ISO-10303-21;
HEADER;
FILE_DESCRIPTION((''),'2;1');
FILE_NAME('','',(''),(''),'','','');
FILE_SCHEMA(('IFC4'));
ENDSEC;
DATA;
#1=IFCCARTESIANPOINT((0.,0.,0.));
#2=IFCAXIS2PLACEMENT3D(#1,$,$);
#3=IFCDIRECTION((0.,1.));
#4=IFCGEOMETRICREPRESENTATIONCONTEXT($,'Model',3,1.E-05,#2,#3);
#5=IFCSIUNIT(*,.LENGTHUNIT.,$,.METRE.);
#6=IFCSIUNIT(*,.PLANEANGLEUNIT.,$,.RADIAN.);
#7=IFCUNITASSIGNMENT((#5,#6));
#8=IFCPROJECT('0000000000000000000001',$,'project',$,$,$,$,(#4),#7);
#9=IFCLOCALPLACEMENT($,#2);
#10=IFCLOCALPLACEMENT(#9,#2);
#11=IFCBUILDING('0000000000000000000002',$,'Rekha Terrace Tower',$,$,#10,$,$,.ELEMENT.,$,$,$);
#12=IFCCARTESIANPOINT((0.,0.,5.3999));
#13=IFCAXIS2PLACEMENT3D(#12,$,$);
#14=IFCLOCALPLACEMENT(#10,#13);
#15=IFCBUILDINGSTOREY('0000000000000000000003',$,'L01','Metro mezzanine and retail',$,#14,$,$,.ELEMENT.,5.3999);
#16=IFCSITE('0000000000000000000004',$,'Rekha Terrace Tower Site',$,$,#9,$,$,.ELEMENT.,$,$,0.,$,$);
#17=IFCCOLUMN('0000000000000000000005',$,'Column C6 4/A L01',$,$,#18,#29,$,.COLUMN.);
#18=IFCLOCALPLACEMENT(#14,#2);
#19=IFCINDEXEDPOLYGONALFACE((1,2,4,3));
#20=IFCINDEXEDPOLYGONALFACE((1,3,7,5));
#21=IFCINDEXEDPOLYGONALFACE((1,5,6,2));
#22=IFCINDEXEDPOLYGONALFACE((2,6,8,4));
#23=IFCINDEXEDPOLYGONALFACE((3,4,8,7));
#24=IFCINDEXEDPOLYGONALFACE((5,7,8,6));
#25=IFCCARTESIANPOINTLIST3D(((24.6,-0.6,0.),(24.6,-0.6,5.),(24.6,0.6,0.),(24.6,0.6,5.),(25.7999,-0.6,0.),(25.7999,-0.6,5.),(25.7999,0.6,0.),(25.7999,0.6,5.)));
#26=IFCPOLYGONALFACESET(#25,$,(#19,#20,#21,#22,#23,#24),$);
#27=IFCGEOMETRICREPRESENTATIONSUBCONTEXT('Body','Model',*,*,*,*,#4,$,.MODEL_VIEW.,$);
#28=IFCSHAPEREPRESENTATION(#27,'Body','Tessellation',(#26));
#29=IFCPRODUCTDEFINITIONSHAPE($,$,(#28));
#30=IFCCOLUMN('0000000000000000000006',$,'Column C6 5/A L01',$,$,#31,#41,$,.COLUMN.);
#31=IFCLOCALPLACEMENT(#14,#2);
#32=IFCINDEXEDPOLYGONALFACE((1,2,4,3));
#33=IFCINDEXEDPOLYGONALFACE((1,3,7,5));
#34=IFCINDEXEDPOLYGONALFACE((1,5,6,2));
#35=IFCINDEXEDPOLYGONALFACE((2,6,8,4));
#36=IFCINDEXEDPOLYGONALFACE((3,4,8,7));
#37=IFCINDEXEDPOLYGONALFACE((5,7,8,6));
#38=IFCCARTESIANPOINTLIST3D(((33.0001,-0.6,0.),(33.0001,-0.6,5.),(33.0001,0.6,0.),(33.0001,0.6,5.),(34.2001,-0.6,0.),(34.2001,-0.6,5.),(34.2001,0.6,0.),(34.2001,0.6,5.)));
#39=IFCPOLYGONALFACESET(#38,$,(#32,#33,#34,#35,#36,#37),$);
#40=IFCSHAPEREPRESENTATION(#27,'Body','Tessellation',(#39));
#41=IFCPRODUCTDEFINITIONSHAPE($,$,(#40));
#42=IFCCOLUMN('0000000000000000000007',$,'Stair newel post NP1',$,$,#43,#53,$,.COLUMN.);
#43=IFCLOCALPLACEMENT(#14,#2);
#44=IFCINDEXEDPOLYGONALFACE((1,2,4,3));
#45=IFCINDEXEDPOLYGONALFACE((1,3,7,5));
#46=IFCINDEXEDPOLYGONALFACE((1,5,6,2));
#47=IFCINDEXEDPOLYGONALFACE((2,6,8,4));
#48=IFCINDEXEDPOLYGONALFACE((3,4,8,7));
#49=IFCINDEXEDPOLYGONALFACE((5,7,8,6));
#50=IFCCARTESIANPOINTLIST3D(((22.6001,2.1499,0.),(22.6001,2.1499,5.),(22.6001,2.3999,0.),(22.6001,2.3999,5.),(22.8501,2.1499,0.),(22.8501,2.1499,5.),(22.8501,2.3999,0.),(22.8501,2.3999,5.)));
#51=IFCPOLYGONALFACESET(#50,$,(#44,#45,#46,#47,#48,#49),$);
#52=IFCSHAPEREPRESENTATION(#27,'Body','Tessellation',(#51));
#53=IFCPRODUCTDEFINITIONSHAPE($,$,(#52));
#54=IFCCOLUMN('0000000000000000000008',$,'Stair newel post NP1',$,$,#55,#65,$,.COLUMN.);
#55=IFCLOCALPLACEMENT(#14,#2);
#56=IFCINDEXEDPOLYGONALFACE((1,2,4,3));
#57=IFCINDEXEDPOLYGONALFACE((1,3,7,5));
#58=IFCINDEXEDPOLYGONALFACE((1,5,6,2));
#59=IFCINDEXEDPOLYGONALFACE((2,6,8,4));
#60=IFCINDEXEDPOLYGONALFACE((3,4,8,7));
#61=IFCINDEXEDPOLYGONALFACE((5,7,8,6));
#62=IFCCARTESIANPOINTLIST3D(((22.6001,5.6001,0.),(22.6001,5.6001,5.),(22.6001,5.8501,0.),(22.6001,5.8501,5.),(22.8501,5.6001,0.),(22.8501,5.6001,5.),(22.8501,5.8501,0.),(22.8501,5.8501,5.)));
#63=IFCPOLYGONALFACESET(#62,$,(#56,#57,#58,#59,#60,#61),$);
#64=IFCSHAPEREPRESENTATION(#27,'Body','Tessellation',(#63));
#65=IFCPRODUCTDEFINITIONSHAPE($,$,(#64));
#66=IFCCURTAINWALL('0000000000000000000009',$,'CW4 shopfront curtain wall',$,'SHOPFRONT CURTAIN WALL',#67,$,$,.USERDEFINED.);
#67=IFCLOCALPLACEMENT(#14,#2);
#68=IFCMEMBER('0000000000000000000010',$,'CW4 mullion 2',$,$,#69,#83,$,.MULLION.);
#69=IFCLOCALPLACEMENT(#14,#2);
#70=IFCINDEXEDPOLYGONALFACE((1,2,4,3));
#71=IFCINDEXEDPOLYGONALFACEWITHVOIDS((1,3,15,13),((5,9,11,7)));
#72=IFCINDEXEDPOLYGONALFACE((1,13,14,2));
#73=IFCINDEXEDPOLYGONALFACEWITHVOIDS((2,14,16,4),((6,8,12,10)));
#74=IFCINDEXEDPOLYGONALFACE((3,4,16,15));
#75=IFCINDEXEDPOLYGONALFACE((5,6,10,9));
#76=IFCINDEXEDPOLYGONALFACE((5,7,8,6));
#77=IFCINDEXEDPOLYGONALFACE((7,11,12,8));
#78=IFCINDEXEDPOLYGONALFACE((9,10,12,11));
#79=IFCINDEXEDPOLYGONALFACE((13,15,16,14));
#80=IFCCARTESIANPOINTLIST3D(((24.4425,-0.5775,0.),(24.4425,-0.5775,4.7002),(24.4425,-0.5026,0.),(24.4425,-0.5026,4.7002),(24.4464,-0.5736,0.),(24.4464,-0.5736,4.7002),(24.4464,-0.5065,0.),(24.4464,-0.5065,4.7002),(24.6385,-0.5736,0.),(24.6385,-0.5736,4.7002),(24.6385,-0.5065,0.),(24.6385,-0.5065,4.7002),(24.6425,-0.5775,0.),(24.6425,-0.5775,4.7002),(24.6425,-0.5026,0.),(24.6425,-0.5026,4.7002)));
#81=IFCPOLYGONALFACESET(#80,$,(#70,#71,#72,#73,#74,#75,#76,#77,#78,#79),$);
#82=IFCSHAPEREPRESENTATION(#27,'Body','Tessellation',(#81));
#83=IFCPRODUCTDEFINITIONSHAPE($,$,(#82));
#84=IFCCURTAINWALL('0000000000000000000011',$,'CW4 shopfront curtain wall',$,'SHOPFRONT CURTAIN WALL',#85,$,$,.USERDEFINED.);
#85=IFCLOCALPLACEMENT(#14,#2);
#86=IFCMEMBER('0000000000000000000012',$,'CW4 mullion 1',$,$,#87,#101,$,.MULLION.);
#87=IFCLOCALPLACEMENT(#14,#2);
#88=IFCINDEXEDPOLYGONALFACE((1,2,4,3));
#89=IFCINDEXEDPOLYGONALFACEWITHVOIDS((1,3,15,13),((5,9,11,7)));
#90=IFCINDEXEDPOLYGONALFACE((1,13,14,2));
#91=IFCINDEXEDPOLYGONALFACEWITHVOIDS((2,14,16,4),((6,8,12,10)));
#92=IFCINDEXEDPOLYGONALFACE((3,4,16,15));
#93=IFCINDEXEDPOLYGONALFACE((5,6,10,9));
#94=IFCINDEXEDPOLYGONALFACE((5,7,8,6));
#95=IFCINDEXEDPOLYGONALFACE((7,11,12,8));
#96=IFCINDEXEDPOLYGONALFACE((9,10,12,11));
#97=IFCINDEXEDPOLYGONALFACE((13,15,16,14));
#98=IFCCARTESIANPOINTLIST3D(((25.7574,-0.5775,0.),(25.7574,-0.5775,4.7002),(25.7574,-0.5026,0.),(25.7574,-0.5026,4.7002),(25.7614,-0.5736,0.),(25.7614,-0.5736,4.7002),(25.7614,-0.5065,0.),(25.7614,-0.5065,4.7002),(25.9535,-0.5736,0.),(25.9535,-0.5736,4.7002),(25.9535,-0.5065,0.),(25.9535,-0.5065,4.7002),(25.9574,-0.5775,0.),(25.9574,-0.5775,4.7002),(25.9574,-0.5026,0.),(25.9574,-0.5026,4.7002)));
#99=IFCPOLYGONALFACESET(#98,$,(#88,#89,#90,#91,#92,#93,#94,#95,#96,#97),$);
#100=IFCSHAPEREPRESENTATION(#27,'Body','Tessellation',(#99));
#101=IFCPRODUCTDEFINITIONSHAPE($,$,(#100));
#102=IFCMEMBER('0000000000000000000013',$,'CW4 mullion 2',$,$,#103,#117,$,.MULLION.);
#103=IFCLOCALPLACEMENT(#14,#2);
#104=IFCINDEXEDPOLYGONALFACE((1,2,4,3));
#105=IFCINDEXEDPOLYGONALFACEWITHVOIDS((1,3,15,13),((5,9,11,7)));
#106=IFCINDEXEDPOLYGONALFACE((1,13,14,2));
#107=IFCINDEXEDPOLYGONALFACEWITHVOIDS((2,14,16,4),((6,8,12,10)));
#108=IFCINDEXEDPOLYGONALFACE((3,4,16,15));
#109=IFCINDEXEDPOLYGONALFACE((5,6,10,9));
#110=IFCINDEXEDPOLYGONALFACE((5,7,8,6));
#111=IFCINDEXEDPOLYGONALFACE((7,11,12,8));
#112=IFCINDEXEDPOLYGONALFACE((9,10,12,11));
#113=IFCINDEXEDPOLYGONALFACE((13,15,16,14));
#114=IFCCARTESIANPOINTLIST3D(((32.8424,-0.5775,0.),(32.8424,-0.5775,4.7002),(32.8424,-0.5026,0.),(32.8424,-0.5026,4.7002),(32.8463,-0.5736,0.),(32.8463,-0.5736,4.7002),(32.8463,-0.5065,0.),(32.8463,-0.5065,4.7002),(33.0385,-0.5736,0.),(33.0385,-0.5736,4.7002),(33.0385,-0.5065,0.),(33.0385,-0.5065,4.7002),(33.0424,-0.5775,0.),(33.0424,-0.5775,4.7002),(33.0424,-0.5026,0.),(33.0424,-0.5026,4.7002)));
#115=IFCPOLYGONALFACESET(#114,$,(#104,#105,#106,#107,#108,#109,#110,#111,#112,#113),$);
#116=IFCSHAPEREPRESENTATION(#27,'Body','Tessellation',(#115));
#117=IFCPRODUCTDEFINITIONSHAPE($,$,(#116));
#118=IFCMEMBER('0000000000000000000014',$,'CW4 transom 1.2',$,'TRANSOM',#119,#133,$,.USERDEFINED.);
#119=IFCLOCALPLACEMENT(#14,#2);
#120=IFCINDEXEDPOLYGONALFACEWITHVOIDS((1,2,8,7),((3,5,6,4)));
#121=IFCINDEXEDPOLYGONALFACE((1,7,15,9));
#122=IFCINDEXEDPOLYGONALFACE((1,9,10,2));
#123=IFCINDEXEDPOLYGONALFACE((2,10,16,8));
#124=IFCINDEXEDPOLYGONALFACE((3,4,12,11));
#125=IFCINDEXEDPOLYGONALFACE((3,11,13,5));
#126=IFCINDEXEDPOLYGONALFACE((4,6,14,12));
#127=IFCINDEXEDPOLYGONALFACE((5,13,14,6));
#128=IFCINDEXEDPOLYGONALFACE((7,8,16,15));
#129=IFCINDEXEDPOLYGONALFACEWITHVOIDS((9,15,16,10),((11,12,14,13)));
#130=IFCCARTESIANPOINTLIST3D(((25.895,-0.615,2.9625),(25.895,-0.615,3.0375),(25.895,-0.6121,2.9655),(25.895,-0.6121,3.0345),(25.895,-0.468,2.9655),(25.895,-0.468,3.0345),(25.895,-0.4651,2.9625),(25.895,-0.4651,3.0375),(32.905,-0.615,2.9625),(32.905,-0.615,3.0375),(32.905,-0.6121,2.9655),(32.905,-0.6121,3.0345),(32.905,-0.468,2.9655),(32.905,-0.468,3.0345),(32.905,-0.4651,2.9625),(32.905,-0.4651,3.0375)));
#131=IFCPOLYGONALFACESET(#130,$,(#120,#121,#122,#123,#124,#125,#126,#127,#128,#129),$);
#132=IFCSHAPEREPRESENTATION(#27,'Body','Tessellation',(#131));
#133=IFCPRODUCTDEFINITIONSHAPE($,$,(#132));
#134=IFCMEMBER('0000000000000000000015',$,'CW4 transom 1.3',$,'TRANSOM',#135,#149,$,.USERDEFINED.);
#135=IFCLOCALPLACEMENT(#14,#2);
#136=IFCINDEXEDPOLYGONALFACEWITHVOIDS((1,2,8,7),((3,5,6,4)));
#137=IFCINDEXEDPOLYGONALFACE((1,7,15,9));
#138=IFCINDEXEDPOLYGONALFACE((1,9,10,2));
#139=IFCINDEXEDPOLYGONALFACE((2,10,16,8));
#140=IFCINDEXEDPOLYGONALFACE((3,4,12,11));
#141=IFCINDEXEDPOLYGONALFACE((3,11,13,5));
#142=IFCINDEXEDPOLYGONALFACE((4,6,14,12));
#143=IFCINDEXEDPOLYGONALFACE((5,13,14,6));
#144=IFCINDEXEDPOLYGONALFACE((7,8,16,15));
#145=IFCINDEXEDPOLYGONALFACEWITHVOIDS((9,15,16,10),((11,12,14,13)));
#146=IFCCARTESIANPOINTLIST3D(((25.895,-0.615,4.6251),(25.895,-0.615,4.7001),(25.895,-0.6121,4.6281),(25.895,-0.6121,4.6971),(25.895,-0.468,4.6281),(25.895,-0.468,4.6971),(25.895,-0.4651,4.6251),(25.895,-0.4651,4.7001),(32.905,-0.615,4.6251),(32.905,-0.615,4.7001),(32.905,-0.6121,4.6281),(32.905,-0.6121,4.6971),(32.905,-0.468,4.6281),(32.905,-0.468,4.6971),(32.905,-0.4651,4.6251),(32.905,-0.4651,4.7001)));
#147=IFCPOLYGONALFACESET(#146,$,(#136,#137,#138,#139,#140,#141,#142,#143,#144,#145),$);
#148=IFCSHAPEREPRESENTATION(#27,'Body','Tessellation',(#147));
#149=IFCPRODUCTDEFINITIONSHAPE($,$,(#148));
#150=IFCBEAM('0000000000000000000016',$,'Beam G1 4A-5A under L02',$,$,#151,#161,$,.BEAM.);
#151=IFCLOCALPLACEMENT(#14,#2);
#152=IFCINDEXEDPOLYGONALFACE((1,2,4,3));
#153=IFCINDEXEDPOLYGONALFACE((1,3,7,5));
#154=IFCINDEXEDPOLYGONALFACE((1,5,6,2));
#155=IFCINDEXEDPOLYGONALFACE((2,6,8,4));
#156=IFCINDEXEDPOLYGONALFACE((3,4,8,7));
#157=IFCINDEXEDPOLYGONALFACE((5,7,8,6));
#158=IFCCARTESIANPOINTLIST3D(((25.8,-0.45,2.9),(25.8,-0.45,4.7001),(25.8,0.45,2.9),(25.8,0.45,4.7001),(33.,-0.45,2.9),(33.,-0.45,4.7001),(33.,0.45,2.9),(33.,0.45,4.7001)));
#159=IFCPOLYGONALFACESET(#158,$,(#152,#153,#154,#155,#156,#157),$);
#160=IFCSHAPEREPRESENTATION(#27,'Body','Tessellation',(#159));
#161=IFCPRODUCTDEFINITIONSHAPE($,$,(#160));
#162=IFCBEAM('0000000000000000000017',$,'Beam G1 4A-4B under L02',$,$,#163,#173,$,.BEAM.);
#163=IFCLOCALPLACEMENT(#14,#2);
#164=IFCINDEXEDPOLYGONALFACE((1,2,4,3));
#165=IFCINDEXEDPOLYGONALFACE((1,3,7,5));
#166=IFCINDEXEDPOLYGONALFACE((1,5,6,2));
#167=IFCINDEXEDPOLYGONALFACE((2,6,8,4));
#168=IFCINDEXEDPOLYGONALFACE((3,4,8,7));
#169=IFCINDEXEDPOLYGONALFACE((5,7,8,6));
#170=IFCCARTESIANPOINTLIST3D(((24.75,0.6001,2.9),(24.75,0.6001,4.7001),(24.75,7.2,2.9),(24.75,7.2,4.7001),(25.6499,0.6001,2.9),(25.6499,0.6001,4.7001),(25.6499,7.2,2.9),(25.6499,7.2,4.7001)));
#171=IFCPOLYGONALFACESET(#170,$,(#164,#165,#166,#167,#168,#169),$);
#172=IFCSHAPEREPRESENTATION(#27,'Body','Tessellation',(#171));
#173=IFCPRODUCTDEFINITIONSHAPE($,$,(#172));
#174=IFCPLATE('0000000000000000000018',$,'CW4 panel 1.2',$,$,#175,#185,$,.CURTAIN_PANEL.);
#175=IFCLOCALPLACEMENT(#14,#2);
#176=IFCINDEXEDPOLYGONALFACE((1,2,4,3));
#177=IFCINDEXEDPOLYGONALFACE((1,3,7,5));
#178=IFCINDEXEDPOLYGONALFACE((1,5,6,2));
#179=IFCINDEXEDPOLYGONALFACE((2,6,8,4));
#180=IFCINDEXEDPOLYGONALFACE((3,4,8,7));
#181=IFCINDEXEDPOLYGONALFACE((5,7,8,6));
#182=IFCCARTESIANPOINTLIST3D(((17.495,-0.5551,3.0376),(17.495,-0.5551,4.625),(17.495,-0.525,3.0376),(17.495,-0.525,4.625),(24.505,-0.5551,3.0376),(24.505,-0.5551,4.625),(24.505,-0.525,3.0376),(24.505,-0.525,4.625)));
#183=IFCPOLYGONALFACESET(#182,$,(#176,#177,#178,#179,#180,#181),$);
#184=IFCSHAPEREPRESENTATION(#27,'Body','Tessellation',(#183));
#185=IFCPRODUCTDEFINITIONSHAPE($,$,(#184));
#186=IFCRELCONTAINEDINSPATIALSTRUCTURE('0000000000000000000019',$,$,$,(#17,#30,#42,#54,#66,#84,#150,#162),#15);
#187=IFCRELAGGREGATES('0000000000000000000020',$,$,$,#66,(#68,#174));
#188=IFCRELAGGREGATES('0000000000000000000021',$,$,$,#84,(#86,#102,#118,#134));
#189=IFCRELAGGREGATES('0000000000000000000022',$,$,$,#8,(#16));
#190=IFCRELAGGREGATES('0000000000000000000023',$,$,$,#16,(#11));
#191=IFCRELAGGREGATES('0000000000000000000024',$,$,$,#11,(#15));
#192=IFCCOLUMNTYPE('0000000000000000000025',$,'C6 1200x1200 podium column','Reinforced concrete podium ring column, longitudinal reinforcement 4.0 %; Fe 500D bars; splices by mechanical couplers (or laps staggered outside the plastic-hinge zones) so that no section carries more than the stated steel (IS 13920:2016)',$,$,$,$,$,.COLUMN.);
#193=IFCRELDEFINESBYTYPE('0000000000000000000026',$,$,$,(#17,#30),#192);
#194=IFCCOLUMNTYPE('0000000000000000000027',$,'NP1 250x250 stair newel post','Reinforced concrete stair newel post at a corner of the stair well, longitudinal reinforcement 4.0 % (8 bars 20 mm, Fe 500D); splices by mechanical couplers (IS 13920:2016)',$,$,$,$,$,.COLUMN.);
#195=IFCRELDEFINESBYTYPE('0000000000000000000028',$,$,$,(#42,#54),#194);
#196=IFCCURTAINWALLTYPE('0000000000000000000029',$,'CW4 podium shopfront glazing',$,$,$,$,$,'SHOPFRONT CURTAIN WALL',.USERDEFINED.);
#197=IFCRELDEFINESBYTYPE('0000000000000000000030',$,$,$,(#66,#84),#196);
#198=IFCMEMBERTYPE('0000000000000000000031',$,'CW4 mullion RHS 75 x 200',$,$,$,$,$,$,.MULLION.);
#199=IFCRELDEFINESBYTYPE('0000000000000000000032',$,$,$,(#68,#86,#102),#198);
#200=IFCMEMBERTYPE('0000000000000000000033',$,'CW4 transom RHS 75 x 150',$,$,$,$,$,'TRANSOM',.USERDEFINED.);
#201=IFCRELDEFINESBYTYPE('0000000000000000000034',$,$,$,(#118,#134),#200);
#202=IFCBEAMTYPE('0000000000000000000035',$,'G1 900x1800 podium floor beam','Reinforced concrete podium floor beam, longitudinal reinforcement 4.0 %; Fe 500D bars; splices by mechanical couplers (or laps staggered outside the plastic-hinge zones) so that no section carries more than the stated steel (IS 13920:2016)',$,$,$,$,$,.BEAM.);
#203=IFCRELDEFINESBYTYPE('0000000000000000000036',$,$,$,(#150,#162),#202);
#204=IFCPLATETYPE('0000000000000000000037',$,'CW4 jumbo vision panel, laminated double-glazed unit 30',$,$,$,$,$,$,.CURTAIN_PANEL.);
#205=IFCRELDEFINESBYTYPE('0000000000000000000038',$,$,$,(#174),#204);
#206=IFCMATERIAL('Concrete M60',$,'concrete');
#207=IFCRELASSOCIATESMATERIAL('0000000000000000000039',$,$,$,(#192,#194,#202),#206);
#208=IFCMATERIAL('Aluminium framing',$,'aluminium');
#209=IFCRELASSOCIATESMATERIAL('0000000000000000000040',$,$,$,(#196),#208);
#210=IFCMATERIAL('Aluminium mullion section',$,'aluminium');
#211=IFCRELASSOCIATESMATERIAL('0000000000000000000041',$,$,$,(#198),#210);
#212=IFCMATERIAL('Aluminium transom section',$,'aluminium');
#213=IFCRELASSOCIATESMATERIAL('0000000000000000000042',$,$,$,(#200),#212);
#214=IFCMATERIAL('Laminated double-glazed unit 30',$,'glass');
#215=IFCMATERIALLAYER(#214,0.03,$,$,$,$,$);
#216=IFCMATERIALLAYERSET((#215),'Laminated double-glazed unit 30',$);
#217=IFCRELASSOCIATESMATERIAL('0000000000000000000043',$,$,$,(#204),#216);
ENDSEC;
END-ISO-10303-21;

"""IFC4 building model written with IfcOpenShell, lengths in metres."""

from ifc_helpers import new_model, si_unit, direction, frame, origin, origin_2d, place, context, subcontext, project, spatial, rectangle, hollow_rectangle, extrude, material, layer, layer_set, material_profile, profile_set, type_object, element, aggregate, save


model = new_model("IFC4")

# Units and contexts
model_context = context("Model", 3, precision=1e-05, world=origin(), true_north=direction((0.0, 1.0)))
body_context = subcontext(model_context, "Body", "Model", "MODEL_VIEW")
ifc_project = project(units=[si_unit("LENGTHUNIT", "METRE"), si_unit("PLANEANGLEUNIT", "RADIAN")], contexts=[model_context])

# Site, building, storey
site_placement = place(None, origin())
site = spatial("IfcSite", under=ifc_project, at=site_placement, Name="Rekha Terrace Tower Site", CompositionType="ELEMENT", RefElevation=0.0)
building_placement = place(site_placement, origin())
building = spatial("IfcBuilding", under=site, at=building_placement, Name="Rekha Terrace Tower", CompositionType="ELEMENT")
storey_placement = place(building_placement, frame((0.0, 0.0, 5.3999)))
storey = spatial("IfcBuildingStorey", under=building, at=storey_placement, Name="L01", Description="Metro mezzanine and retail", CompositionType="ELEMENT", Elevation=5.3999)

# Columns
ifc_material_1 = material(Name="Concrete M60", Category="concrete")
ifc_material_profile_1 = material_profile(ifc_material_1, rectangle(XDim=1.2, YDim=1.2, at=origin_2d()), Name="RC 1200x1200")
ifc_profile_set_1 = profile_set([ifc_material_profile_1], Name="Concrete M60")
column_type_1 = type_object("IfcColumnType", Name="C6 1200x1200 podium column", Description="Reinforced concrete podium ring column, longitudinal reinforcement 4.0 %; Fe 500D bars; splices by mechanical couplers (or laps staggered outside the plastic-hinge zones) so that no section carries more than the stated steel (IS 13920:2016)", PredefinedType="COLUMN", material=ifc_profile_set_1)
for number, where, z_axis, x_axis, name in (
    (1, (25.2, 0.0, 0.0), (0.0, 0.0, 1.0), (1.0, 0.0, 0.0), "Column C6 4/A L01"),
    (2, (33.6001, 0.0, 0.0), (0.0, 0.0, 1.0), (1.0, 0.0, 0.0), "Column C6 5/A L01"),
):
    element("IfcColumn", number, at=place(storey_placement, frame(where, z_axis=z_axis, x_axis=x_axis)), inside=storey, type_object=column_type_1, Name=name, PredefinedType="COLUMN", context=body_context, shape_type="SweptSolid", body=[
        extrude(rectangle(XDim=1.2, YDim=1.2, at=origin_2d()), origin(), (0.0, 0.0, 1.0), 5.0),
    ])
ifc_material_profile_2 = material_profile(ifc_material_1, rectangle(XDim=0.25, YDim=0.25, at=origin_2d()), Name="RC 250x250")
ifc_profile_set_2 = profile_set([ifc_material_profile_2], Name="Concrete M60")
column_type_2 = type_object("IfcColumnType", Name="NP1 250x250 stair newel post", Description="Reinforced concrete stair newel post at a corner of the stair well, longitudinal reinforcement 4.0 % (8 bars 20 mm, Fe 500D); splices by mechanical couplers (IS 13920:2016)", PredefinedType="COLUMN", material=ifc_profile_set_2)
for number, where, z_axis, x_axis, name in (
    (3, (22.7251, 2.2749, 0.0), (0.0, 0.0, 1.0), (1.0, 0.0, 0.0), "Stair newel post NP1"),
    (4, (22.7251, 5.7251, 0.0), (0.0, 0.0, 1.0), (1.0, 0.0, 0.0), "Stair newel post NP1"),
):
    element("IfcColumn", number, at=place(storey_placement, frame(where, z_axis=z_axis, x_axis=x_axis)), inside=storey, type_object=column_type_2, Name=name, PredefinedType="COLUMN", context=body_context, shape_type="SweptSolid", body=[
        extrude(rectangle(XDim=0.25, YDim=0.25, at=origin_2d()), origin(), (0.0, 0.0, 1.0), 5.0),
    ])

# Curtain wall, member
ifc_material_2 = material(Name="Aluminium framing", Category="aluminium")
curtain_wall_type = type_object("IfcCurtainWallType", Name="CW4 podium shopfront glazing", ElementType="SHOPFRONT CURTAIN WALL", PredefinedType="USERDEFINED", material=ifc_material_2)
curtain_wall_1_placement = place(storey_placement, origin())
curtain_wall_1 = element("IfcCurtainWall", 5, at=curtain_wall_1_placement, inside=storey, type_object=curtain_wall_type, Name="CW4 shopfront curtain wall", ObjectType="SHOPFRONT CURTAIN WALL", PredefinedType="USERDEFINED")
ifc_material_3 = material(Name="Aluminium mullion section", Category="aluminium")
ifc_material_profile_3 = material_profile(ifc_material_3, hollow_rectangle(XDim=0.075, YDim=0.2, WallThickness=0.0039, at=origin_2d()), Name="AL RHS 75x200")
ifc_profile_set_3 = profile_set([ifc_material_profile_3], Name="Aluminium mullion section")
member_type_1 = type_object("IfcMemberType", Name="CW4 mullion RHS 75 x 200", PredefinedType="MULLION", material=ifc_profile_set_3)
member_1_placement = place(storey_placement, frame((24.5425, -0.54, 0.0), z_axis=(0.0, 0.0, 1.0), x_axis=(0.0, 1.0, 0.0)))
member_1 = element("IfcMember", 6, at=member_1_placement, type_object=member_type_1, Name="CW4 mullion 2", PredefinedType="MULLION", context=body_context, shape_type="SweptSolid", body=[
    extrude(hollow_rectangle(XDim=0.075, YDim=0.2, WallThickness=0.0039, at=origin_2d()), origin(), (0.0, 0.0, 1.0), 4.7002),
])

# Curtain wall, members
curtain_wall_2_placement = place(storey_placement, origin())
curtain_wall_2 = element("IfcCurtainWall", 7, at=curtain_wall_2_placement, inside=storey, type_object=curtain_wall_type, Name="CW4 shopfront curtain wall", ObjectType="SHOPFRONT CURTAIN WALL", PredefinedType="USERDEFINED")
member_2_placement = place(storey_placement, frame((25.8574, -0.54, 0.0), z_axis=(0.0, 0.0, 1.0), x_axis=(0.0, 1.0, 0.0)))
member_2 = element("IfcMember", 8, at=member_2_placement, type_object=member_type_1, Name="CW4 mullion 1", PredefinedType="MULLION", context=body_context, shape_type="SweptSolid", body=[
    extrude(hollow_rectangle(XDim=0.075, YDim=0.2, WallThickness=0.0039, at=origin_2d()), origin(), (0.0, 0.0, 1.0), 4.7002),
])
member_3_placement = place(storey_placement, frame((32.9424, -0.54, 0.0), z_axis=(0.0, 0.0, 1.0), x_axis=(0.0, 1.0, 0.0)))
member_3 = element("IfcMember", 9, at=member_3_placement, type_object=member_type_1, Name="CW4 mullion 2", PredefinedType="MULLION", context=body_context, shape_type="SweptSolid", body=[
    extrude(hollow_rectangle(XDim=0.075, YDim=0.2, WallThickness=0.0039, at=origin_2d()), origin(), (0.0, 0.0, 1.0), 4.7002),
])
ifc_material_4 = material(Name="Aluminium transom section", Category="aluminium")
ifc_material_profile_4 = material_profile(ifc_material_4, hollow_rectangle(XDim=0.1499, YDim=0.075, WallThickness=0.0029, at=origin_2d()), Name="AL RHS 150x75")
ifc_profile_set_4 = profile_set([ifc_material_profile_4], Name="Aluminium transom section")
member_type_2 = type_object("IfcMemberType", Name="CW4 transom RHS 75 x 150", ElementType="TRANSOM", PredefinedType="USERDEFINED", material=ifc_profile_set_4)
member_4_placement = place(storey_placement, frame((25.895, -0.54, 3.0), z_axis=(1.0, 0.0, 0.0), x_axis=(0.0, 1.0, 0.0)))
member_4 = element("IfcMember", 10, at=member_4_placement, type_object=member_type_2, Name="CW4 transom 1.2", ObjectType="TRANSOM", PredefinedType="USERDEFINED", context=body_context, shape_type="SweptSolid", body=[
    extrude(hollow_rectangle(XDim=0.1499, YDim=0.075, WallThickness=0.0029, at=origin_2d()), origin(), (0.0, 0.0, 1.0), 7.01),
])
member_5_placement = place(storey_placement, frame((25.895, -0.54, 4.6626), z_axis=(1.0, 0.0, 0.0), x_axis=(0.0, 1.0, 0.0)))
member_5 = element("IfcMember", 11, at=member_5_placement, type_object=member_type_2, Name="CW4 transom 1.3", ObjectType="TRANSOM", PredefinedType="USERDEFINED", context=body_context, shape_type="SweptSolid", body=[
    extrude(hollow_rectangle(XDim=0.1499, YDim=0.075, WallThickness=0.0029, at=origin_2d()), origin(), (0.0, 0.0, 1.0), 7.01),
])

# Beams
ifc_material_profile_5 = material_profile(ifc_material_1, rectangle(XDim=0.8999, YDim=1.8, at=origin_2d()), Name="RC 900x1800")
ifc_profile_set_5 = profile_set([ifc_material_profile_5], Name="Concrete M60")
beam_type = type_object("IfcBeamType", Name="G1 900x1800 podium floor beam", Description="Reinforced concrete podium floor beam, longitudinal reinforcement 4.0 %; Fe 500D bars; splices by mechanical couplers (or laps staggered outside the plastic-hinge zones) so that no section carries more than the stated steel (IS 13920:2016)", PredefinedType="BEAM", material=ifc_profile_set_5)
beam_1_placement = place(storey_placement, frame((25.8, 0.0, 3.8), z_axis=(1.0, 0.0, 0.0), x_axis=(0.0, 1.0, 0.0)))
element("IfcBeam", 12, at=beam_1_placement, inside=storey, type_object=beam_type, Name="Beam G1 4A-5A under L02", PredefinedType="BEAM", context=body_context, shape_type="SweptSolid", body=[
    extrude(rectangle(XDim=0.8999, YDim=1.8, at=origin_2d()), origin(), (0.0, 0.0, 1.0), 7.2),
])
beam_2_placement = place(storey_placement, frame((25.2, 0.6001, 3.8), z_axis=(0.0, 1.0, 0.0), x_axis=(-1.0, 0.0, 0.0)))
element("IfcBeam", 13, at=beam_2_placement, inside=storey, type_object=beam_type, Name="Beam G1 4A-4B under L02", PredefinedType="BEAM", context=body_context, shape_type="SweptSolid", body=[
    extrude(rectangle(XDim=0.8999, YDim=1.8, at=origin_2d()), origin(), (0.0, 0.0, 1.0), 6.5999),
])

# Plate
ifc_material_5 = material(Name="Laminated double-glazed unit 30", Category="glass")
ifc_layer_1 = layer(ifc_material_5, 0.03)
ifc_layer_set_1 = layer_set([ifc_layer_1], Name="Laminated double-glazed unit 30")
plate_type = type_object("IfcPlateType", Name="CW4 jumbo vision panel, laminated double-glazed unit 30", PredefinedType="CURTAIN_PANEL", material=ifc_layer_set_1)
plate_1_placement = place(storey_placement, frame((21.0, -0.54, 3.0376), z_axis=(0.0, 0.0, 1.0), x_axis=(1.0, 0.0, 0.0)))
plate_1 = element("IfcPlate", 14, at=plate_1_placement, type_object=plate_type, Name="CW4 panel 1.2", PredefinedType="CURTAIN_PANEL", context=body_context, shape_type="SweptSolid", body=[
    extrude(rectangle(XDim=7.01, YDim=0.03, at=origin_2d()), origin(), (0.0, 0.0, 1.0), 1.5874),
])
aggregate(curtain_wall_1, [member_1, plate_1])
aggregate(curtain_wall_2, [member_2, member_3, member_4, member_5])

save(model, "model.ifc")
